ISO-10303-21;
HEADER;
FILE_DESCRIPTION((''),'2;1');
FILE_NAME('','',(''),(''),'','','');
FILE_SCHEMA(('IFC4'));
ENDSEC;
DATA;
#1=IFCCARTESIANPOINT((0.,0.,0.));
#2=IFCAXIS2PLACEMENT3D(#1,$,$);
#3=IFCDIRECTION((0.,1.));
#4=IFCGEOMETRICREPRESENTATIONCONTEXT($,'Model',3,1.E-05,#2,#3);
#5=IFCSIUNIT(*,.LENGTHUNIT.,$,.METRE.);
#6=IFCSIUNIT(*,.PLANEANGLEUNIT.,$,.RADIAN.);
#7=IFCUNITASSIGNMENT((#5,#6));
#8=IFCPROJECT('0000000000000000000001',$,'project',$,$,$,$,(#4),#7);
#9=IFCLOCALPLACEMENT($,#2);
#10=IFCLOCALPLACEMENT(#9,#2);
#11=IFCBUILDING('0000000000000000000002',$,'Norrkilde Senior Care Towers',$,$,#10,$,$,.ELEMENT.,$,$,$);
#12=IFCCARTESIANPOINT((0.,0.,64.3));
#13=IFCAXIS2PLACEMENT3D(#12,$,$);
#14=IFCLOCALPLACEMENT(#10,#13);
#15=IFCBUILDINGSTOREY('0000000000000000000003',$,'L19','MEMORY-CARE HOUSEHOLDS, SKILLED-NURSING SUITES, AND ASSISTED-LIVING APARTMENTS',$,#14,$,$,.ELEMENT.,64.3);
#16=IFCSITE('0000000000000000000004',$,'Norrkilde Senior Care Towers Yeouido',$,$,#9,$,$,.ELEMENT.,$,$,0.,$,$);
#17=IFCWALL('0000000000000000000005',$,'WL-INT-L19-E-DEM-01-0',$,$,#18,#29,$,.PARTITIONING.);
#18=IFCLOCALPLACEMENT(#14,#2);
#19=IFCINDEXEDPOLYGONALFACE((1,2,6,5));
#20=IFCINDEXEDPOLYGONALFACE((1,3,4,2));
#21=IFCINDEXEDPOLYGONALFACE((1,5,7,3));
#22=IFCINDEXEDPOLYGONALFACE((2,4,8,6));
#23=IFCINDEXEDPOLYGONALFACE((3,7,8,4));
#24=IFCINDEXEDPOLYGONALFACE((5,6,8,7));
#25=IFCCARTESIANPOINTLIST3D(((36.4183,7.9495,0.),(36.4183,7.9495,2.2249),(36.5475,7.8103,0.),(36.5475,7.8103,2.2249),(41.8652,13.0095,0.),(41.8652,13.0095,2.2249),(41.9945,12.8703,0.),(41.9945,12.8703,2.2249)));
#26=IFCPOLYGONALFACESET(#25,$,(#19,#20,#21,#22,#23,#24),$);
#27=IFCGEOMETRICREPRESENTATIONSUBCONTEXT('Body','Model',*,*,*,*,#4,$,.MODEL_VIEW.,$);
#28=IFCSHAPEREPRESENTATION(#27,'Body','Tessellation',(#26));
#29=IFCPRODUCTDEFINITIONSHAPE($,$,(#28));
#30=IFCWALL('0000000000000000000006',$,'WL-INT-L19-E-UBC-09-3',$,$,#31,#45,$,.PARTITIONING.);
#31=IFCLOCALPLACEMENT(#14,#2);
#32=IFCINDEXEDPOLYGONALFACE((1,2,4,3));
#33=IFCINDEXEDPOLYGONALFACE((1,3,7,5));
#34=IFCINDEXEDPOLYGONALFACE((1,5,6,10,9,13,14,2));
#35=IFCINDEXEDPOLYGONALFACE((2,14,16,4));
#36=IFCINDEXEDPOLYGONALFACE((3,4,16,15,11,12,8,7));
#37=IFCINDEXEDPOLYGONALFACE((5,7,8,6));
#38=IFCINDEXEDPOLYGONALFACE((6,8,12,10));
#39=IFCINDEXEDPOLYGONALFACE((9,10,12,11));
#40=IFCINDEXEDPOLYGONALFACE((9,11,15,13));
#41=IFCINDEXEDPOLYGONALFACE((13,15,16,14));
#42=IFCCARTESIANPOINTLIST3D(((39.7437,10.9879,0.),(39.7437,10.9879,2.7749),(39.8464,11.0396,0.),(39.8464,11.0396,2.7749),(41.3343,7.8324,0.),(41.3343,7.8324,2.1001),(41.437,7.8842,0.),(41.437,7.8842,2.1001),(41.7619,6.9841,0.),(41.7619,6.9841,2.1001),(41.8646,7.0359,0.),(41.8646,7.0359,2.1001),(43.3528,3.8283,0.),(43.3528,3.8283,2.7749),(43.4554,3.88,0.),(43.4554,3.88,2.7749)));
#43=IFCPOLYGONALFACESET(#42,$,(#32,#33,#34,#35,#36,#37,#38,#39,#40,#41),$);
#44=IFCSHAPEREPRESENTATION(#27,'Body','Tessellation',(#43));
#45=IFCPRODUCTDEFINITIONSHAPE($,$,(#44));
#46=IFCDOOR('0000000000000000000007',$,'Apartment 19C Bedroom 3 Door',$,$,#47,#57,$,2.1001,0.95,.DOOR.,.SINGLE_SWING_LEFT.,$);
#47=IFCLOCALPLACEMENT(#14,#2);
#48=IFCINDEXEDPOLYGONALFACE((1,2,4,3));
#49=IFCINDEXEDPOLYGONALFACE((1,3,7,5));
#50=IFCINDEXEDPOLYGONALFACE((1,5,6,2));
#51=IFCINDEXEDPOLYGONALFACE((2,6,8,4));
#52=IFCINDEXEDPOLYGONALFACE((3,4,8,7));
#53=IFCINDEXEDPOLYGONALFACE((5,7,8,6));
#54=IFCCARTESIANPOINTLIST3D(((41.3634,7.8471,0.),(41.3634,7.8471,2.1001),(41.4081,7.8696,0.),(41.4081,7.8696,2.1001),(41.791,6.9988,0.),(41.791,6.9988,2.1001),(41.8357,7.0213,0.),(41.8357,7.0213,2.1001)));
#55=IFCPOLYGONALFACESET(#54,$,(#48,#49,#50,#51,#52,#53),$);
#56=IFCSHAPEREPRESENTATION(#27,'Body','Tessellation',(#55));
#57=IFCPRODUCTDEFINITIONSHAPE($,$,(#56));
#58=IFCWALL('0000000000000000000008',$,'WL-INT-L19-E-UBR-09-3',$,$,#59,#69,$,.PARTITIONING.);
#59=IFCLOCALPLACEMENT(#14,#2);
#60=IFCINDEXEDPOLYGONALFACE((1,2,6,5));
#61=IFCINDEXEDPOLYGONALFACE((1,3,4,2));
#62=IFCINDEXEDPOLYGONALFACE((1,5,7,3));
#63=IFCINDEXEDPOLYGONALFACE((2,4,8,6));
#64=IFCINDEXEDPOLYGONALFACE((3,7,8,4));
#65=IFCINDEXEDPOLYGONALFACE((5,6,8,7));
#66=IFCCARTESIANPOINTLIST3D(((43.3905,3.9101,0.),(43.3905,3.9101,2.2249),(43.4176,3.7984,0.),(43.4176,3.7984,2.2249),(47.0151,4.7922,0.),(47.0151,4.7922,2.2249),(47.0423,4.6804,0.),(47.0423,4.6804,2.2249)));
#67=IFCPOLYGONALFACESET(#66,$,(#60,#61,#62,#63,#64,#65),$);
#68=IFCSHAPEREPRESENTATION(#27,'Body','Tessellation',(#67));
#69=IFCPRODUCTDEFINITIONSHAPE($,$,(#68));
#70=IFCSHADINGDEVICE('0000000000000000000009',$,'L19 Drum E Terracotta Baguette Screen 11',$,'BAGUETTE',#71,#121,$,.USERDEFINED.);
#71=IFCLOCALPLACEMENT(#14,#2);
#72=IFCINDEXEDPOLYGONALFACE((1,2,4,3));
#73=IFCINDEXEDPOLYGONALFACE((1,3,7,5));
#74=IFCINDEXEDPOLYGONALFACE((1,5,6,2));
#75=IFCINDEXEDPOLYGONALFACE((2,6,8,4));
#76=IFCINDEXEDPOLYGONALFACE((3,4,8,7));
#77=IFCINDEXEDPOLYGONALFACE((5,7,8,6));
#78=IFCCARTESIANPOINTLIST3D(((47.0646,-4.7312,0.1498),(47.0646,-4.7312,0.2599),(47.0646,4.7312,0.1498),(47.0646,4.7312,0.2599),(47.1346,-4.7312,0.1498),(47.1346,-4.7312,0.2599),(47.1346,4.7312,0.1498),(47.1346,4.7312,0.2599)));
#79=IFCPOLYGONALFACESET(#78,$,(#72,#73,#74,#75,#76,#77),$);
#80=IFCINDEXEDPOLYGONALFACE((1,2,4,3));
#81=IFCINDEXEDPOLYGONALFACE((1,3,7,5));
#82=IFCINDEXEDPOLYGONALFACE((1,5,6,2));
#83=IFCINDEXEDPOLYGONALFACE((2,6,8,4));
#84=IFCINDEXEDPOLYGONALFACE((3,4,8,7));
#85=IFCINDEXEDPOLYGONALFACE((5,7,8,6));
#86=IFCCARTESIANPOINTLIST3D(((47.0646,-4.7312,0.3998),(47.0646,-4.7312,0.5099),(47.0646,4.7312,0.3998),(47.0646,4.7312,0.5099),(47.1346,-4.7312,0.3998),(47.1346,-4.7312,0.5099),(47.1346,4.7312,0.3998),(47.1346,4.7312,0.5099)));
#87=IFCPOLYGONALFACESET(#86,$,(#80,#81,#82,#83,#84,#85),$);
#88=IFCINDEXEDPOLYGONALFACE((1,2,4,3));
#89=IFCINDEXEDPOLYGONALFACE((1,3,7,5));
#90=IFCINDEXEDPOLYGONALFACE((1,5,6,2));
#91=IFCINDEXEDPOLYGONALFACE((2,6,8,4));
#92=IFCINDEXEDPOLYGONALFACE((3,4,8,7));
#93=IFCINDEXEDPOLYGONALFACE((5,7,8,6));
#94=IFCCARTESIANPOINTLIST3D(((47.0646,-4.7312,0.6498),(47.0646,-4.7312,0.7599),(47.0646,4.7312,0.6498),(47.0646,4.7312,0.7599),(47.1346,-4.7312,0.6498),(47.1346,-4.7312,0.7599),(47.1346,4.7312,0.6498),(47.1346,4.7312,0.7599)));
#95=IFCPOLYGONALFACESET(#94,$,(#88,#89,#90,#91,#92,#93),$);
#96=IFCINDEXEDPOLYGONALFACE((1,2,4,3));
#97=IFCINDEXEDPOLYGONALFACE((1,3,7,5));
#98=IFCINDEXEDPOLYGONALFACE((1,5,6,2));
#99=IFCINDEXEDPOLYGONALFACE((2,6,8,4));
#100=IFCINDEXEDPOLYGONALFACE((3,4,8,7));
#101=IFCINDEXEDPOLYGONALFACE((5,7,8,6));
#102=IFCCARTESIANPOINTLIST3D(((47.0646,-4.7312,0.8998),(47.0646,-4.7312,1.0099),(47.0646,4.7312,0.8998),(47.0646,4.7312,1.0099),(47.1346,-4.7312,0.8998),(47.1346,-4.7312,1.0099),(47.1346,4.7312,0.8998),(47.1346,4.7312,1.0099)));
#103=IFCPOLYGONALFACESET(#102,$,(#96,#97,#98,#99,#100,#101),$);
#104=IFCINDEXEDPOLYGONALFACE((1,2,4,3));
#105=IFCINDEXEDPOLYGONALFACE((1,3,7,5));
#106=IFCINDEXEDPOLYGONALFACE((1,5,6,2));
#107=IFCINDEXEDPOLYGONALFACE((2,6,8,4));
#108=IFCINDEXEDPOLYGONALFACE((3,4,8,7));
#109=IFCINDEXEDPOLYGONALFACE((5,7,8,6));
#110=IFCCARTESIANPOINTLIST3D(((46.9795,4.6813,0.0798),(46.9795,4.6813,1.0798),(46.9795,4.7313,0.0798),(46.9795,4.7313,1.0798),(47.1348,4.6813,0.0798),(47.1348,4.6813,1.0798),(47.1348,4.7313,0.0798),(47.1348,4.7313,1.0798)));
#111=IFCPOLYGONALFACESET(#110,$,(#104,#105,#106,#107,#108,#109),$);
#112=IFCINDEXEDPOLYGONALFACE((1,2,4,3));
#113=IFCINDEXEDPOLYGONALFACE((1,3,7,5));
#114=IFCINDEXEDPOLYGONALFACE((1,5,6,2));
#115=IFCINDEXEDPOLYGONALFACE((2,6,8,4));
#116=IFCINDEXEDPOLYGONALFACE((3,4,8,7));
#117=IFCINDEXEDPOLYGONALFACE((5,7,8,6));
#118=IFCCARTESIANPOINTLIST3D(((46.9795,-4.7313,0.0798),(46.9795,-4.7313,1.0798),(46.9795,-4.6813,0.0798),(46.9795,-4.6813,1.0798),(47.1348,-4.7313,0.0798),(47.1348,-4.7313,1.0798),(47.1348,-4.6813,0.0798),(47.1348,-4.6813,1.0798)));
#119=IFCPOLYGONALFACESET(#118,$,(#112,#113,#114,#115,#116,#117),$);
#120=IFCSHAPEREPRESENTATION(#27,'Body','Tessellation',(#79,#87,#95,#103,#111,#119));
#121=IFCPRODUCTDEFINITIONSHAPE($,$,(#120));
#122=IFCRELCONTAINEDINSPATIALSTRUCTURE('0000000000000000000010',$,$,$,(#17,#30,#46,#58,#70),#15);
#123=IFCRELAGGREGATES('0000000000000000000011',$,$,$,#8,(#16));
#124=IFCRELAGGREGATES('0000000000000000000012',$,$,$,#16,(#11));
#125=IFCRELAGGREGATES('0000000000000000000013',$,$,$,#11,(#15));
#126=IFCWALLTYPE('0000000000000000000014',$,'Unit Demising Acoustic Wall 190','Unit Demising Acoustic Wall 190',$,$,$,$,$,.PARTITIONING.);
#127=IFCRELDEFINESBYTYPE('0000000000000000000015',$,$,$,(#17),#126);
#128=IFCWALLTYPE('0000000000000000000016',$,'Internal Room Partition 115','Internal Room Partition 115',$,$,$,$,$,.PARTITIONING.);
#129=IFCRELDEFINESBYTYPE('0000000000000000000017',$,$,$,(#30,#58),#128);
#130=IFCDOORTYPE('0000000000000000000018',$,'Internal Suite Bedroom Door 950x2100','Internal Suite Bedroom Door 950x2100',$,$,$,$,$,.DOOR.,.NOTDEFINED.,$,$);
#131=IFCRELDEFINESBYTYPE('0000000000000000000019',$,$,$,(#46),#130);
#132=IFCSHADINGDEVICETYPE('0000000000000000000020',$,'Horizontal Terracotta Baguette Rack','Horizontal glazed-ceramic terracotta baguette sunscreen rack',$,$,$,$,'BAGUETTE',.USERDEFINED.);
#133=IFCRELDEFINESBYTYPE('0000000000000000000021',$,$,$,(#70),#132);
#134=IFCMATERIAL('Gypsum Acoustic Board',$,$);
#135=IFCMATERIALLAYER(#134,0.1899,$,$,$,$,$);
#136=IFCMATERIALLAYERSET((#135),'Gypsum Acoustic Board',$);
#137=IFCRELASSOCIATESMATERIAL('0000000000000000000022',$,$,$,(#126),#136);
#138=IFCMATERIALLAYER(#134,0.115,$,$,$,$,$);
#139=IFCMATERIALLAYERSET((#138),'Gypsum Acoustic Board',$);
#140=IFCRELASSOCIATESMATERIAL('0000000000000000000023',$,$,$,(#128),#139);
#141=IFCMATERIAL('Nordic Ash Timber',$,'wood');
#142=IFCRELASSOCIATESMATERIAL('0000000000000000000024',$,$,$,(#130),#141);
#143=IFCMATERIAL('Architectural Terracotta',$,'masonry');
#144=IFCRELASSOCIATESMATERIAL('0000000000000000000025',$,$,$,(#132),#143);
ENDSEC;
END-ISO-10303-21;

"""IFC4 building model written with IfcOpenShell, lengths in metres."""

from ifc_helpers import new_model, si_unit, direction, frame, frame_2d, origin, origin_2d, place, context, subcontext, project, spatial, rectangle, extrude, source, transform, mapped, material, layer, layer_set, type_object, type_shapes, element, fill, save


model = new_model("IFC4")

# Units and contexts
model_context = context("Model", 3, precision=1e-05, world=origin(), true_north=direction((0.0, 1.0)))
body_context = subcontext(model_context, "Body", "Model", "MODEL_VIEW")
ifc_project = project(units=[si_unit("LENGTHUNIT", "METRE"), si_unit("PLANEANGLEUNIT", "RADIAN")], contexts=[model_context])

# Site, building, storey
site_placement = place(None, origin())
site = spatial("IfcSite", under=ifc_project, at=site_placement, Name="Norrkilde Senior Care Towers Yeouido", CompositionType="ELEMENT", RefElevation=0.0)
building_placement = place(site_placement, origin())
building = spatial("IfcBuilding", under=site, at=building_placement, Name="Norrkilde Senior Care Towers", CompositionType="ELEMENT")
storey_placement = place(building_placement, frame((0.0, 0.0, 64.3)))
storey = spatial("IfcBuildingStorey", under=building, at=storey_placement, Name="L19", Description="MEMORY-CARE HOUSEHOLDS, SKILLED-NURSING SUITES, AND ASSISTED-LIVING APARTMENTS", CompositionType="ELEMENT", Elevation=64.3)

# Shared definitions
ifc_material_1 = material(Name="Gypsum Acoustic Board")
ifc_material_2 = material(Name="Nordic Ash Timber", Category="wood")

# Wall
ifc_layer_1 = layer(ifc_material_1, 0.1899)
ifc_layer_set_1 = layer_set([ifc_layer_1], Name="Gypsum Acoustic Board")
wall_type_1 = type_object("IfcWallType", Name="Unit Demising Acoustic Wall 190", Description="Unit Demising Acoustic Wall 190", PredefinedType="PARTITIONING", material=ifc_layer_set_1)
shared_shape_1 = source(origin(), body_context, "Body", "SweptSolid", [
    extrude(rectangle(XDim=7.4346, YDim=0.1899, at=frame_2d((3.7173, 0.0))), origin(), (0.0, 0.0, 1.0), 2.2249),
])
type_shapes(wall_type_1, [shared_shape_1])
wall_1_placement = place(storey_placement, frame((36.4829, 7.8799, 0.0), z_axis=(0.0, 0.0, 1.0), x_axis=(0.732652, 0.680603, 0.0)))
element("IfcWall", 1, at=wall_1_placement, inside=storey, type_object=wall_type_1, Name="WL-INT-L19-E-DEM-01-0", PredefinedType="PARTITIONING", context=body_context, shape_type="MappedRepresentation", body=[
    mapped(shared_shape_1, transform((0.0, 0.0, 0.0), x_axis=(1.0, 0.0, 0.0), y_axis=(0.0, 1.0, 0.0), z_axis=(0.0, 0.0, 1.0), scale=1.0)),
])

# Wall, opening, door
ifc_layer_2 = layer(ifc_material_1, 0.115)
ifc_layer_set_2 = layer_set([ifc_layer_2], Name="Gypsum Acoustic Board")
wall_type_2 = type_object("IfcWallType", Name="Internal Room Partition 115", Description="Internal Room Partition 115", PredefinedType="PARTITIONING", material=ifc_layer_set_2)
shared_shape_2 = source(origin(), body_context, "Body", "SweptSolid", [
    extrude(rectangle(XDim=8.0178, YDim=0.115, at=frame_2d((4.0088, 0.0))), origin(), (0.0, 0.0, 1.0), 2.7749),
])
wall_2_placement = place(storey_placement, frame((43.4041, 3.8542, 0.0), z_axis=(0.0, 0.0, 1.0), x_axis=(-0.450134, 0.892961, 0.0)))
wall_2 = element("IfcWall", 2, at=wall_2_placement, inside=storey, type_object=wall_type_2, Name="WL-INT-L19-E-UBC-09-3", PredefinedType="PARTITIONING", context=body_context, shape_type="MappedRepresentation", body=[
    mapped(shared_shape_2, transform((0.0, 0.0, 0.0), x_axis=(1.0, 0.0, 0.0), y_axis=(0.0, 1.0, 0.0), z_axis=(0.0, 0.0, 1.0), scale=1.0)),
])
opening_1_placement = place(wall_2_placement, frame((3.5339, 0.0, 0.0)))
opening_1 = element("IfcOpeningElement", 3, at=opening_1_placement, cuts=wall_2, PredefinedType="OPENING", context=body_context, shape_type="SweptSolid", body=[
    extrude(rectangle(XDim=0.95, YDim=2.1001, at=frame_2d((0.4751, 1.05))), frame((0.0, 0.0674, 0.0), z_axis=(0.0, -1.0, 0.0), x_axis=(1.0, 0.0, 0.0)), (0.0, 0.0, 1.0), 0.135),
])
door_type_1 = type_object("IfcDoorType", Name="Internal Suite Bedroom Door 950x2100", Description="Internal Suite Bedroom Door 950x2100", OperationType="NOTDEFINED", PredefinedType="DOOR", material=ifc_material_2)
shared_shape_3 = source(origin(), body_context, "Body", "SweptSolid", [
    extrude(rectangle(XDim=0.95, YDim=2.1001, at=frame_2d((0.4751, 1.05))), frame((0.0, 0.0249, 0.0), z_axis=(0.0, -1.0, 0.0), x_axis=(1.0, 0.0, 0.0)), (0.0, 0.0, 1.0), 0.05),
])
type_shapes(door_type_1, [shared_shape_3])
door_1_placement = place(opening_1_placement, origin())
door_1 = element("IfcDoor", 4, at=door_1_placement, inside=storey, type_object=door_type_1, Name="Apartment 19C Bedroom 3 Door", OperationType="SINGLE_SWING_LEFT", OverallHeight=2.1001, OverallWidth=0.95, PredefinedType="DOOR", context=body_context, shape_type="MappedRepresentation", body=[
    mapped(shared_shape_3, transform((0.0, 0.0, 0.0), x_axis=(1.0, 0.0, 0.0), y_axis=(0.0, 1.0, 0.0), z_axis=(0.0, 0.0, 1.0), scale=1.0)),
])
fill(opening_1, door_1)

# Wall
shared_shape_4 = source(origin(), body_context, "Body", "SweptSolid", [
    extrude(rectangle(XDim=3.7305, YDim=0.115, at=frame_2d((1.8652, 0.0))), origin(), (0.0, 0.0, 1.0), 2.2249),
])
type_shapes(wall_type_2, [shared_shape_2, shared_shape_4])
wall_3_placement = place(storey_placement, frame((43.4041, 3.8542, 0.0), z_axis=(0.0, 0.0, 1.0), x_axis=(0.971644, 0.236448, 0.0)))
element("IfcWall", 5, at=wall_3_placement, inside=storey, type_object=wall_type_2, Name="WL-INT-L19-E-UBR-09-3", PredefinedType="PARTITIONING", context=body_context, shape_type="MappedRepresentation", body=[
    mapped(shared_shape_4, transform((0.0, 0.0, 0.0), x_axis=(1.0, 0.0, 0.0), y_axis=(0.0, 1.0, 0.0), z_axis=(0.0, 0.0, 1.0), scale=1.0)),
])

# Shading device
ifc_material_3 = material(Name="Architectural Terracotta", Category="masonry")
shading_device_type = type_object("IfcShadingDeviceType", Name="Horizontal Terracotta Baguette Rack", Description="Horizontal glazed-ceramic terracotta baguette sunscreen rack", ElementType="BAGUETTE", PredefinedType="USERDEFINED", material=ifc_material_3)
shared_shape_5 = source(origin(), body_context, "Body", "SweptSolid", [
    extrude(rectangle(XDim=0.0701, YDim=0.1101, at=origin_2d()), frame((0.0, 0.0901, 0.125), z_axis=(1.0, 0.0, 0.0), x_axis=(0.0, 1.0, 0.0)), (0.0, 0.0, 1.0), 9.4624),
    extrude(rectangle(XDim=0.0701, YDim=0.1101, at=origin_2d()), frame((0.0, 0.0901, 0.375), z_axis=(1.0, 0.0, 0.0), x_axis=(0.0, 1.0, 0.0)), (0.0, 0.0, 1.0), 9.4624),
    extrude(rectangle(XDim=0.0701, YDim=0.1101, at=origin_2d()), frame((0.0, 0.0901, 0.625), z_axis=(1.0, 0.0, 0.0), x_axis=(0.0, 1.0, 0.0)), (0.0, 0.0, 1.0), 9.4624),
    extrude(rectangle(XDim=0.0701, YDim=0.1101, at=origin_2d()), frame((0.0, 0.0901, 0.875), z_axis=(1.0, 0.0, 0.0), x_axis=(0.0, 1.0, 0.0)), (0.0, 0.0, 1.0), 9.4624),
    extrude(rectangle(XDim=0.05, YDim=0.1553, at=origin_2d()), frame((0.0249, 0.0476, 0.0)), (0.0, 0.0, 1.0), 1.0),
    extrude(rectangle(XDim=0.05, YDim=0.1553, at=origin_2d()), frame((9.4375, 0.0476, 0.0)), (0.0, 0.0, 1.0), 1.0),
])
type_shapes(shading_device_type, [shared_shape_5])
shading_device_placement = place(storey_placement, frame((47.0095, 4.7312, 0.0798), z_axis=(0.0, 0.0, 1.0), x_axis=(0.0, -1.0, 0.0)))
element("IfcShadingDevice", 6, at=shading_device_placement, inside=storey, type_object=shading_device_type, Name="L19 Drum E Terracotta Baguette Screen 11", ObjectType="BAGUETTE", PredefinedType="USERDEFINED", context=body_context, shape_type="MappedRepresentation", body=[
    mapped(shared_shape_5, transform((0.0, 0.0, 0.0), x_axis=(1.0, 0.0, 0.0), y_axis=(0.0, 1.0, 0.0), z_axis=(0.0, 0.0, 1.0), scale=1.0)),
])

save(model, "model.ifc")
